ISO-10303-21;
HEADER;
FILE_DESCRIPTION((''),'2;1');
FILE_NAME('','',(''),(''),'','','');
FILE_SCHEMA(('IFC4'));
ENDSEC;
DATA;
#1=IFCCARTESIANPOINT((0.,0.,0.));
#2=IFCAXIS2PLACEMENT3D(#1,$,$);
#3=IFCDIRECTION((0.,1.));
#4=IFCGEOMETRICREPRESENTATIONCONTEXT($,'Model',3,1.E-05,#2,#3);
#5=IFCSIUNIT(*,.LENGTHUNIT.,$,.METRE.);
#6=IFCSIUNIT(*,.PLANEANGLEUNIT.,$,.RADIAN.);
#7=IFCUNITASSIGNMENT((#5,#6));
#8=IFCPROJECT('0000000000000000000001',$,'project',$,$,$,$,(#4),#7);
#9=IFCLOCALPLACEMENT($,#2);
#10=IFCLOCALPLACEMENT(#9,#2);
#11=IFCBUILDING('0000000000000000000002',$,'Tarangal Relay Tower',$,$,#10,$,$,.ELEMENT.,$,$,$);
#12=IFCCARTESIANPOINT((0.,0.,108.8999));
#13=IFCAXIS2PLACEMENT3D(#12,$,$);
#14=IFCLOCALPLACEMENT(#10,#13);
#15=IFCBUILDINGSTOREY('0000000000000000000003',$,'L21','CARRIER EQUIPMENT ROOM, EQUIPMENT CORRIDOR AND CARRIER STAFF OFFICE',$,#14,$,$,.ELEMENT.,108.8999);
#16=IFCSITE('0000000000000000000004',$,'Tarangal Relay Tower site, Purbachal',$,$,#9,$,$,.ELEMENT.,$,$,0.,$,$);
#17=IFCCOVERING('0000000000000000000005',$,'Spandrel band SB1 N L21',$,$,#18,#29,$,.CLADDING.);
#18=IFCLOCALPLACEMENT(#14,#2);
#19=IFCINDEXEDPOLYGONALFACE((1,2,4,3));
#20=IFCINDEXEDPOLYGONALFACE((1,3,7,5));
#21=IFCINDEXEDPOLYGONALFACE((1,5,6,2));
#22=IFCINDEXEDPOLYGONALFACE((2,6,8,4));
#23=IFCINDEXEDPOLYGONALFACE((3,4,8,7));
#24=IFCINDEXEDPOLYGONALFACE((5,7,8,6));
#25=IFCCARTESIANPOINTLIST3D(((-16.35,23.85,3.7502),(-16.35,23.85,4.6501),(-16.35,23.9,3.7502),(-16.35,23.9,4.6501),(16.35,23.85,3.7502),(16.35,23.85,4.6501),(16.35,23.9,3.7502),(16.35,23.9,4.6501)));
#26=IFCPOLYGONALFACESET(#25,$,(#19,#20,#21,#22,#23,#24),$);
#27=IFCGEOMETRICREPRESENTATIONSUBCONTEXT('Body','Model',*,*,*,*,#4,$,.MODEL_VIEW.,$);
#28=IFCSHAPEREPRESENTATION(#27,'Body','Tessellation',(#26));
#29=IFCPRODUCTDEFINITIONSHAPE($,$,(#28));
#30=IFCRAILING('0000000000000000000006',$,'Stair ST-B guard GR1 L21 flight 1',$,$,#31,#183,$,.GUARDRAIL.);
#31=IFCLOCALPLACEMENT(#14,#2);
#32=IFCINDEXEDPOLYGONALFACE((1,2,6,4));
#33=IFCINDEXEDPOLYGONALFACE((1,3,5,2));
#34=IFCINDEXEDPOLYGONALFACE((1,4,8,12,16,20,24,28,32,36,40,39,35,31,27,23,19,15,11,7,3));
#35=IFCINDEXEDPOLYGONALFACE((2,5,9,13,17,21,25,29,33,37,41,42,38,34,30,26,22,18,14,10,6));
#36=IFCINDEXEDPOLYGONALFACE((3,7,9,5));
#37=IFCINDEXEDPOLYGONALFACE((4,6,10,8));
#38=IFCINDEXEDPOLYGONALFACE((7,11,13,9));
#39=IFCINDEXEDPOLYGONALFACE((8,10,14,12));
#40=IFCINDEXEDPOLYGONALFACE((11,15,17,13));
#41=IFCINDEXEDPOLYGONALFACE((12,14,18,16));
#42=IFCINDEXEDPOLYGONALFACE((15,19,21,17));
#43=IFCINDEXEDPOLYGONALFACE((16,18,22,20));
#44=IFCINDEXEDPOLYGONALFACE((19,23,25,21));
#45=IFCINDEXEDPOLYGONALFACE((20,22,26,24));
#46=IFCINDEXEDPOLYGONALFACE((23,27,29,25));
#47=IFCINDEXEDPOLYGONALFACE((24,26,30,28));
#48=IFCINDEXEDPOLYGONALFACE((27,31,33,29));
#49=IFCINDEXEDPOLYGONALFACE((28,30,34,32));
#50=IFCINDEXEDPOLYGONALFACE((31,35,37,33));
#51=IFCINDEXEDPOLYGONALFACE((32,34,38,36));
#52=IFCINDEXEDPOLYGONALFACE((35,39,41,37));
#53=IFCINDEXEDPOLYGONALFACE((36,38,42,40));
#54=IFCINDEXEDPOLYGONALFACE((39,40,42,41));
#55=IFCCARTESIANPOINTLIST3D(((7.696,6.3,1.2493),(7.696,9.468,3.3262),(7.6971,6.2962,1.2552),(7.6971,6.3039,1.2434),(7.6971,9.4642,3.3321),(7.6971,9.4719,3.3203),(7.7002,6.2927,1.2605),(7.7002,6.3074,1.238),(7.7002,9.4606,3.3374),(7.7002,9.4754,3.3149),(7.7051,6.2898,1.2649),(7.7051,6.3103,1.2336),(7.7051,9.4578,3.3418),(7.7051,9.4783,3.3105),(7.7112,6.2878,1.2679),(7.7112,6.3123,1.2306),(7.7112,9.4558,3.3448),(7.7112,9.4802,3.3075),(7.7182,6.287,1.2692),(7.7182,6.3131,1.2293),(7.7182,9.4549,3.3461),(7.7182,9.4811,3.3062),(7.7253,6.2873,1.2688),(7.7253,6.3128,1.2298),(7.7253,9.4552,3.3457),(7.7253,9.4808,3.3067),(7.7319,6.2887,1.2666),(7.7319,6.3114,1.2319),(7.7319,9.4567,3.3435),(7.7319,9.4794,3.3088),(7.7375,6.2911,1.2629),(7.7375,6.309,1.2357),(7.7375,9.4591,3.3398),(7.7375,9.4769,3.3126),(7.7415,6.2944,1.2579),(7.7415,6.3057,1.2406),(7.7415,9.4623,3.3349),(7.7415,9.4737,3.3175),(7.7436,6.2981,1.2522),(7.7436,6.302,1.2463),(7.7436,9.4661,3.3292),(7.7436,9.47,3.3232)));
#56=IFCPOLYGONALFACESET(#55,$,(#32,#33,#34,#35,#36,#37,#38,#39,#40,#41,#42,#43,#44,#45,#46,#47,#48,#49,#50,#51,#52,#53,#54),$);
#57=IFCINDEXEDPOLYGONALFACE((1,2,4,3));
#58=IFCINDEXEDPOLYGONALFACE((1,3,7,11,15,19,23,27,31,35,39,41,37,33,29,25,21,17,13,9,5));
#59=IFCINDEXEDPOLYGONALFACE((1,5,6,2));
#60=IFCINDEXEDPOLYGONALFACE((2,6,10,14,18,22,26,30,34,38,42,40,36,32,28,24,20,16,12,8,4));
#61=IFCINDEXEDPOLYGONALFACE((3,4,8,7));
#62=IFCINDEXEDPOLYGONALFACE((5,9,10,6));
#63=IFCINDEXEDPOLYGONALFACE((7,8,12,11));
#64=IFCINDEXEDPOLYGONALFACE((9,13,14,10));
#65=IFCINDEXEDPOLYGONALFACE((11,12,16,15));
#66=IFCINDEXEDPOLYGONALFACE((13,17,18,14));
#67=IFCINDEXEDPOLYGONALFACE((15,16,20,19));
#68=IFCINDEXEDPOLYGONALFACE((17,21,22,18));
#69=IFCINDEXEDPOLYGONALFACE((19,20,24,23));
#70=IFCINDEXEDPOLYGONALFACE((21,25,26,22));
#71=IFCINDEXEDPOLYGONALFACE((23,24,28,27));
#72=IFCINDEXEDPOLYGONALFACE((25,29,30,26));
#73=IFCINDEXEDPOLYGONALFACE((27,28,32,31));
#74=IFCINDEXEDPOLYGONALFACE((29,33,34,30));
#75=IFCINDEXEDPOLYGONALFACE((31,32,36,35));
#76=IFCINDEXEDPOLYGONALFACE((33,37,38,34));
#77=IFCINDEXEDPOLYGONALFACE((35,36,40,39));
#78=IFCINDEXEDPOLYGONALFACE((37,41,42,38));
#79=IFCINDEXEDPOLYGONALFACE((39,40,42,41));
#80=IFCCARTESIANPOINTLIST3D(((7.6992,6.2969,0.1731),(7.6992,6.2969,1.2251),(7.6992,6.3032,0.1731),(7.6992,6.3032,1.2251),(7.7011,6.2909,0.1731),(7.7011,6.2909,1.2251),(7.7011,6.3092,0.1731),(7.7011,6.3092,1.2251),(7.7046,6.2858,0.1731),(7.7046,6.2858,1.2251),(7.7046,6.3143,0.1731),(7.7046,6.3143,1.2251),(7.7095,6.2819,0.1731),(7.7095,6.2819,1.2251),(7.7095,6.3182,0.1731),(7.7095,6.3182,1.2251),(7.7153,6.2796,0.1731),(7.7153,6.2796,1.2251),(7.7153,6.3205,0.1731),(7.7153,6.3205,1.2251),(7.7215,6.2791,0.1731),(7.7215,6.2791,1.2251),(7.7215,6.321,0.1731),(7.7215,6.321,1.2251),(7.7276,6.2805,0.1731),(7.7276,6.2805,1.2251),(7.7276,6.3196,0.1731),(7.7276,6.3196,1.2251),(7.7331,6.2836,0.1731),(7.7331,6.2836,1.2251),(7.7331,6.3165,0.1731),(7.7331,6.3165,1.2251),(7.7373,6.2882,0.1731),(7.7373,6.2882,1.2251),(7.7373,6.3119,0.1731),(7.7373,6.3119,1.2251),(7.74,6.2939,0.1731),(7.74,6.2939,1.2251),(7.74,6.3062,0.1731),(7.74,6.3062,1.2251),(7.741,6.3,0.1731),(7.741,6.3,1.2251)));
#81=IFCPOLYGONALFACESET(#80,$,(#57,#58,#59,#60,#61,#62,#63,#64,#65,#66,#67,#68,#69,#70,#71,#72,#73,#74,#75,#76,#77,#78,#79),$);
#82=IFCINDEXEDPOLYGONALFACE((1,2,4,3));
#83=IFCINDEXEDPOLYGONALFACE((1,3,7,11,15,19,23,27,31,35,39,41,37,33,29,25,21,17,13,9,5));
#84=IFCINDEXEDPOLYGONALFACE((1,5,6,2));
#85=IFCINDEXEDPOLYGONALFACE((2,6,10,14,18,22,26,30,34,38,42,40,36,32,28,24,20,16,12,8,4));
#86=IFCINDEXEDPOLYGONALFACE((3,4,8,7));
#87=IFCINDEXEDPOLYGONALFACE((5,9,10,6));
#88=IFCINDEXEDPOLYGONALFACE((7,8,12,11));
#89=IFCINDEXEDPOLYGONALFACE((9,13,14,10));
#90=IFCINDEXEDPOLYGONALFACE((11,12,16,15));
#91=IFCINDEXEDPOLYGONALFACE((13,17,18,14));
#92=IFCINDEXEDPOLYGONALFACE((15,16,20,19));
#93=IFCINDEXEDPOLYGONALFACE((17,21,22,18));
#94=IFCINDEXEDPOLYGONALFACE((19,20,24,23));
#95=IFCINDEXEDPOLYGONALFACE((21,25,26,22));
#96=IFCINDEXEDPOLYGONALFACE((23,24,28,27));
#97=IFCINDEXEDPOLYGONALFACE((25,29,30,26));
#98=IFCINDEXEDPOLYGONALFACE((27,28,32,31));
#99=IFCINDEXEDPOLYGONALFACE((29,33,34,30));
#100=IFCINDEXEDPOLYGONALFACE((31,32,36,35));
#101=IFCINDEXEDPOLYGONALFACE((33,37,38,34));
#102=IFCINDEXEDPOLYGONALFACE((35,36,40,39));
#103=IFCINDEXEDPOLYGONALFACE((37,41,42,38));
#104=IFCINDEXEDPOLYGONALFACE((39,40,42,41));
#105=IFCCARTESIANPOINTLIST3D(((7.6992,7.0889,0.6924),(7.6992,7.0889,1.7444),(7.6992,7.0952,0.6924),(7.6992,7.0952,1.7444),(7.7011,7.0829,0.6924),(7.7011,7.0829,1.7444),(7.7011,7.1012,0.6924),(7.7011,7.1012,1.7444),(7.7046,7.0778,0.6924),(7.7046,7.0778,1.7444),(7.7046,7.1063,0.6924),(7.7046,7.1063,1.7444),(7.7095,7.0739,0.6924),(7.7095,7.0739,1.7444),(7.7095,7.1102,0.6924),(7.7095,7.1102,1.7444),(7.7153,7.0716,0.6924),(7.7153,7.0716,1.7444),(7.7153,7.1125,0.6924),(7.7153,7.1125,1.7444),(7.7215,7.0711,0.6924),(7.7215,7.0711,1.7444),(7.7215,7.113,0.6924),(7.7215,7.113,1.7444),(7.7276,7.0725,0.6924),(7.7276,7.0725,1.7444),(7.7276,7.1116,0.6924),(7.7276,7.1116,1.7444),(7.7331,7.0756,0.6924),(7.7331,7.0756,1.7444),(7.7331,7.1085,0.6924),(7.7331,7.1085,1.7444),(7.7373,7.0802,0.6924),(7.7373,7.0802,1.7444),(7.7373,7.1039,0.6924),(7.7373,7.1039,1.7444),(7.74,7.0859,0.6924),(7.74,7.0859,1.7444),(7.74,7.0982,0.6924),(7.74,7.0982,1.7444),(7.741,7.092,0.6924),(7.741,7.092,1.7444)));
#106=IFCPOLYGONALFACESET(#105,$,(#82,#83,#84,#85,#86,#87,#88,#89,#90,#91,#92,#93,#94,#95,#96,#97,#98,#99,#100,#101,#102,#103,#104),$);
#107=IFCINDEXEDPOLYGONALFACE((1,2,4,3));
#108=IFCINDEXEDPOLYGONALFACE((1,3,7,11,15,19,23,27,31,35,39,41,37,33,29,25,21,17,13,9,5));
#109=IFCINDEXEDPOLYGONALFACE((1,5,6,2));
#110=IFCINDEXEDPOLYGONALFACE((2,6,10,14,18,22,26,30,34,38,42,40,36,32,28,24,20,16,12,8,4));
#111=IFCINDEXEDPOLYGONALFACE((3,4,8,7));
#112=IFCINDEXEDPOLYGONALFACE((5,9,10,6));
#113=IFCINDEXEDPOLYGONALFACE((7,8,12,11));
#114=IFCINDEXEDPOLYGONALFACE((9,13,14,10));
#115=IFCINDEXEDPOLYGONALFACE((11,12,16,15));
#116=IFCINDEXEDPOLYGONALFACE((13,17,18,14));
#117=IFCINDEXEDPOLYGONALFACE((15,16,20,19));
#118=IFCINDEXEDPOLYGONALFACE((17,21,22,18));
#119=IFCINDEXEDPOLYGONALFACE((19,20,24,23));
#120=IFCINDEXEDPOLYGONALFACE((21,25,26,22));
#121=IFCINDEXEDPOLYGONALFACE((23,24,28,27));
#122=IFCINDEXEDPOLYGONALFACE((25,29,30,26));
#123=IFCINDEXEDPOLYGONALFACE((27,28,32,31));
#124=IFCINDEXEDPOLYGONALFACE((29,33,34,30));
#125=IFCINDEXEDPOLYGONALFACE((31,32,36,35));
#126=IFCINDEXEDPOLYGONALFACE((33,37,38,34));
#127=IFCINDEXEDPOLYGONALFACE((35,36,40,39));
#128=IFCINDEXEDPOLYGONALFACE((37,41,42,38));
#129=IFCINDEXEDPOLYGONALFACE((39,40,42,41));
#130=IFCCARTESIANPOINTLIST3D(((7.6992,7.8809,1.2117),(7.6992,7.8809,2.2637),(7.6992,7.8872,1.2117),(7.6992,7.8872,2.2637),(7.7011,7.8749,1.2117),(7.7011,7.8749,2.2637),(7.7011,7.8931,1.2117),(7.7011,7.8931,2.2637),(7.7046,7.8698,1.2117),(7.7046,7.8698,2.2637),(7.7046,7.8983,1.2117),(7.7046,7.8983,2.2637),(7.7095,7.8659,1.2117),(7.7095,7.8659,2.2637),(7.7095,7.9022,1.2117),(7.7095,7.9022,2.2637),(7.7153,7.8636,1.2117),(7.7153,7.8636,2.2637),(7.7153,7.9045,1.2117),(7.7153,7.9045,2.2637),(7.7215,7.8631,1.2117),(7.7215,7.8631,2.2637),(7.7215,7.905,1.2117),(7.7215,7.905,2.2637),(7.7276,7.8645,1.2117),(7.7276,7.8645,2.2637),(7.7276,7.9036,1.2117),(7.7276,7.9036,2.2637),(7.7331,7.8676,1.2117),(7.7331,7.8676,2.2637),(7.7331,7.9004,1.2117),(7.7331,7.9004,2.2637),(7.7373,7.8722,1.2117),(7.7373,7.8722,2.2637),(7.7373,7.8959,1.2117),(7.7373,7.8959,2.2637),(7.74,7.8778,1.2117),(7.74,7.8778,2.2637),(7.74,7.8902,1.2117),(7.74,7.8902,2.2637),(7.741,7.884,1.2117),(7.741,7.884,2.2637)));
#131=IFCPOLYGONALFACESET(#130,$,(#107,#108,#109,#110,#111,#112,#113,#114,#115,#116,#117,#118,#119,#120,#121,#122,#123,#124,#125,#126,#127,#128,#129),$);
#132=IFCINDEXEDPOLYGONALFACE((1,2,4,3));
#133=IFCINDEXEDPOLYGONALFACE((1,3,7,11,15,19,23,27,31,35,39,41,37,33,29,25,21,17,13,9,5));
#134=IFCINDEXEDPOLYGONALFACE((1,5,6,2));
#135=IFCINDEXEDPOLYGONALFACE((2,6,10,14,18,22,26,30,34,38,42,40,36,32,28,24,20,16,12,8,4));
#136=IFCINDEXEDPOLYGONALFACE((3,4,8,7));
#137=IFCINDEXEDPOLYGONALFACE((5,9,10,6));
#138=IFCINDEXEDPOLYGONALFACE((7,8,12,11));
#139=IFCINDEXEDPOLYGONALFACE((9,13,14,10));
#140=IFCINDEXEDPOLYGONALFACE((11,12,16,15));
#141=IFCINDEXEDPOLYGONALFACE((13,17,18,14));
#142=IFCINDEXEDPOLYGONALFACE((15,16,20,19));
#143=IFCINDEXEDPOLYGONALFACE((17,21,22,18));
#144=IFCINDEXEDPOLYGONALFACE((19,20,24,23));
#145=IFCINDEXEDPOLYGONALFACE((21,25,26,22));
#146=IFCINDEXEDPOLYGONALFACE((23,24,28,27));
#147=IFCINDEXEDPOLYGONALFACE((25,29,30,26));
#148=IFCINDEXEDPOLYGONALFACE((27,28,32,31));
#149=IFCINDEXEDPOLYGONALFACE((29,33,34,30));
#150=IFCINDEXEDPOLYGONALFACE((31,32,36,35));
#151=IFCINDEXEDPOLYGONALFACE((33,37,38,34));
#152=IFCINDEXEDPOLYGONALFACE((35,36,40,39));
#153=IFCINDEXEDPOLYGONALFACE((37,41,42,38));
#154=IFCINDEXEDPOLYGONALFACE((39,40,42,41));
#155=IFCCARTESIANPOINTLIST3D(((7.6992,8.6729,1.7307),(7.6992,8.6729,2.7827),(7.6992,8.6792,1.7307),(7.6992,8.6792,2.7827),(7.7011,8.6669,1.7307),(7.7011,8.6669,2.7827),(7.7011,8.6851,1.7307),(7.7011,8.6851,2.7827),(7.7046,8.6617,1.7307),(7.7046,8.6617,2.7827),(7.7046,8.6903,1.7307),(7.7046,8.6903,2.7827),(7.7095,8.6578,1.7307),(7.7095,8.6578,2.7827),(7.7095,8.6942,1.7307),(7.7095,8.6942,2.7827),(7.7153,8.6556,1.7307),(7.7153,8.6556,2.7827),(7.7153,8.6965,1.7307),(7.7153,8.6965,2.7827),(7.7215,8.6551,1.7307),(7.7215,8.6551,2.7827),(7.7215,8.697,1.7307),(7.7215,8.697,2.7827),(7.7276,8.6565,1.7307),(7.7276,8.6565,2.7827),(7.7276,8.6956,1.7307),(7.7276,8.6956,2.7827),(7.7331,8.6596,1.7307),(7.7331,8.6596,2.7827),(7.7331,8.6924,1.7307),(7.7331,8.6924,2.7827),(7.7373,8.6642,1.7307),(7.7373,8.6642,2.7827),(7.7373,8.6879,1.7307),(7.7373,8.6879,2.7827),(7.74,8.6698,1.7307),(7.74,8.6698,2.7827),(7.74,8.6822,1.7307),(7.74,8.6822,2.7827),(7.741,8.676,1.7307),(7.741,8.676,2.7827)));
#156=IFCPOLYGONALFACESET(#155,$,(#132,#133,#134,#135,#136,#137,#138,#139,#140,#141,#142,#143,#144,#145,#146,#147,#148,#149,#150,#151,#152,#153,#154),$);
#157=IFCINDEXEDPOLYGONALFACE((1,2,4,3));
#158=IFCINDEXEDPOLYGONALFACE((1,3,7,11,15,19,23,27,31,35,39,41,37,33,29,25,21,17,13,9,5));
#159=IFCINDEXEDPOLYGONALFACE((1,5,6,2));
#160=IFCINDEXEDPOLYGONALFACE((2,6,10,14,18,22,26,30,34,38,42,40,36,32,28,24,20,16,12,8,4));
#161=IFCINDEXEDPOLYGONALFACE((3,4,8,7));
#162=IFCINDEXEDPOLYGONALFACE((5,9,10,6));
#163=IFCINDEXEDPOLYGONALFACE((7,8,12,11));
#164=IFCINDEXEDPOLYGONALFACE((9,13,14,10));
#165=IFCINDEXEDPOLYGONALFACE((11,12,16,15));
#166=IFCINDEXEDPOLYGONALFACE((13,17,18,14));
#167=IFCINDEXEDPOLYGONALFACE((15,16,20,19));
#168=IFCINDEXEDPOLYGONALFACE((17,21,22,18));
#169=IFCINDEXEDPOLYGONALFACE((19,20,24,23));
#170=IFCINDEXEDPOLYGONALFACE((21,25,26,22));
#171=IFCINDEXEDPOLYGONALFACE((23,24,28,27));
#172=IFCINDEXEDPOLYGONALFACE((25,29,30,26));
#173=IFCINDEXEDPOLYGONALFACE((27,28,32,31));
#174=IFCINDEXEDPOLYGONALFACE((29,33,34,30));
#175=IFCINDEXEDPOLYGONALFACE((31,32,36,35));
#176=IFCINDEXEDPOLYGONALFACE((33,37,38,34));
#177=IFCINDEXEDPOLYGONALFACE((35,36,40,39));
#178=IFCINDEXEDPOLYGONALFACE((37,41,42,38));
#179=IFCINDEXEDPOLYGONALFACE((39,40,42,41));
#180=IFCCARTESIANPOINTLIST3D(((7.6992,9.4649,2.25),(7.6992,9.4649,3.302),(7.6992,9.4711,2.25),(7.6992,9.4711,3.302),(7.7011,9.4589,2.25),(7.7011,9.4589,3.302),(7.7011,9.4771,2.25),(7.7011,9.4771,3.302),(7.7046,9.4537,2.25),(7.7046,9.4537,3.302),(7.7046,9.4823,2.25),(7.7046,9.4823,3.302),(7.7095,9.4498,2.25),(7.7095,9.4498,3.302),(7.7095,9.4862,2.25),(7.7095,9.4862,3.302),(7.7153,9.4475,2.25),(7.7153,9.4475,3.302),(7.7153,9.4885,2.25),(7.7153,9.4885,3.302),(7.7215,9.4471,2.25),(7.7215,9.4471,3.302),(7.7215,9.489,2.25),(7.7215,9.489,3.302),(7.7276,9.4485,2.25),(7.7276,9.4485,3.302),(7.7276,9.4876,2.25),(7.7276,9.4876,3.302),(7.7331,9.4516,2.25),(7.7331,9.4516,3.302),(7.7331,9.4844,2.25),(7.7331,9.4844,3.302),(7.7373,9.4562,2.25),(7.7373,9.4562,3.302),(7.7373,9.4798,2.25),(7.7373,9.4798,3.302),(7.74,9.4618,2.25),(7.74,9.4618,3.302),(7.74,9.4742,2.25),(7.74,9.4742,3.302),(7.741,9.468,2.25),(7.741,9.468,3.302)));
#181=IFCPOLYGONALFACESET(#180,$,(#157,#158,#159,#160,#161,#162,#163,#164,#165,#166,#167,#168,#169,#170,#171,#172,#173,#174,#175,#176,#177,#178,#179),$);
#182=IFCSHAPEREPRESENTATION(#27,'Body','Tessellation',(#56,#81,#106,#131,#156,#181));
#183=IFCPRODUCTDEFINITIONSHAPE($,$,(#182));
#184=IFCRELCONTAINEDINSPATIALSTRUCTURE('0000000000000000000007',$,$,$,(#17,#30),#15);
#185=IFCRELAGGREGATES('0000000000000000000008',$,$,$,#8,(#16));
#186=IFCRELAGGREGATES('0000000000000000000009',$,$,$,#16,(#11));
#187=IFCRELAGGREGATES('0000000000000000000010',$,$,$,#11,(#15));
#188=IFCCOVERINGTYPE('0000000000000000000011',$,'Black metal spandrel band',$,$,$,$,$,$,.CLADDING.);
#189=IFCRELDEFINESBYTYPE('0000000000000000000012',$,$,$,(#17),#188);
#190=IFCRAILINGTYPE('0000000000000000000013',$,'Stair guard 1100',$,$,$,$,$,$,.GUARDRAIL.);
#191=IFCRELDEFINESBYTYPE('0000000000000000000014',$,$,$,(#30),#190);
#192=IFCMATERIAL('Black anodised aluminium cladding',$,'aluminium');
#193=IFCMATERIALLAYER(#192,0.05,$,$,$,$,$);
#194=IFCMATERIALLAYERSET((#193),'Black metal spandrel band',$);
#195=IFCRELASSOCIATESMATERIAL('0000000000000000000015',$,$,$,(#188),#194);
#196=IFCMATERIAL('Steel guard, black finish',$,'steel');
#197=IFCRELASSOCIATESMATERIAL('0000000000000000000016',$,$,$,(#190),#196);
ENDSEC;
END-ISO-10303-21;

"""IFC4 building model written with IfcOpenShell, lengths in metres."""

from ifc_helpers import new_model, si_unit, direction, frame, origin, origin_2d, place, context, subcontext, project, spatial, rectangle, circle, extrude, material, layer, layer_set, type_object, element, save


model = new_model("IFC4")

# Units and contexts
model_context = context("Model", 3, precision=1e-05, world=origin(), true_north=direction((0.0, 1.0)))
body_context = subcontext(model_context, "Body", "Model", "MODEL_VIEW")
ifc_project = project(units=[si_unit("LENGTHUNIT", "METRE"), si_unit("PLANEANGLEUNIT", "RADIAN")], contexts=[model_context])

# Site, building, storey
site_placement = place(None, origin())
site = spatial("IfcSite", under=ifc_project, at=site_placement, Name="Tarangal Relay Tower site, Purbachal", CompositionType="ELEMENT", RefElevation=0.0)
building_placement = place(site_placement, origin())
building = spatial("IfcBuilding", under=site, at=building_placement, Name="Tarangal Relay Tower", CompositionType="ELEMENT")
storey_placement = place(building_placement, frame((0.0, 0.0, 108.8999)))
storey = spatial("IfcBuildingStorey", under=building, at=storey_placement, Name="L21", Description="CARRIER EQUIPMENT ROOM, EQUIPMENT CORRIDOR AND CARRIER STAFF OFFICE", CompositionType="ELEMENT", Elevation=108.8999)

# Covering
ifc_material_1 = material(Name="Black anodised aluminium cladding", Category="aluminium")
ifc_layer_1 = layer(ifc_material_1, 0.05)
ifc_layer_set_1 = layer_set([ifc_layer_1], Name="Black metal spandrel band")
covering_type = type_object("IfcCoveringType", Name="Black metal spandrel band", PredefinedType="CLADDING", material=ifc_layer_set_1)
covering_placement = place(storey_placement, frame((0.0, 23.875, 3.7502), z_axis=(0.0, 0.0, 1.0), x_axis=(1.0, 0.0, 0.0)))
element("IfcCovering", 1, at=covering_placement, inside=storey, type_object=covering_type, Name="Spandrel band SB1 N L21", PredefinedType="CLADDING", context=body_context, shape_type="SweptSolid", body=[
    extrude(rectangle(XDim=32.7, YDim=0.05, at=origin_2d()), origin(), (0.0, 0.0, 1.0), 0.8999),
])

# Railing
ifc_material_2 = material(Name="Steel guard, black finish", Category="steel")
railing_type_1 = type_object("IfcRailingType", Name="Stair guard 1100", PredefinedType="GUARDRAIL", material=ifc_material_2)
railing_1_placement = place(storey_placement, frame((7.72, 6.3, 0.1731)))
element("IfcRailing", 2, at=railing_1_placement, inside=storey, type_object=railing_type_1, Name="Stair ST-B guard GR1 L21 flight 1", PredefinedType="GUARDRAIL", context=body_context, shape_type="SweptSolid", body=[
    extrude(circle(Radius=0.0239, at=origin_2d()), frame((0.0, 0.0, 1.0762), z_axis=(0.0, 0.836299, 0.548273), x_axis=(-1.0, 0.0, 0.0)), (0.0, 0.0, 1.0), 3.7881),
    extrude(circle(Radius=0.021, at=origin_2d()), origin(), (0.0, 0.0, 1.0), 1.052),
    extrude(circle(Radius=0.021, at=origin_2d()), frame((0.0, 0.792, 0.5193)), (0.0, 0.0, 1.0), 1.052),
    extrude(circle(Radius=0.021, at=origin_2d()), frame((0.0, 1.584, 1.0386)), (0.0, 0.0, 1.0), 1.052),
    extrude(circle(Radius=0.021, at=origin_2d()), frame((0.0, 2.376, 1.5576)), (0.0, 0.0, 1.0), 1.052),
    extrude(circle(Radius=0.021, at=origin_2d()), frame((0.0, 3.168, 2.0769)), (0.0, 0.0, 1.0), 1.052),
])

save(model, "model.ifc")
